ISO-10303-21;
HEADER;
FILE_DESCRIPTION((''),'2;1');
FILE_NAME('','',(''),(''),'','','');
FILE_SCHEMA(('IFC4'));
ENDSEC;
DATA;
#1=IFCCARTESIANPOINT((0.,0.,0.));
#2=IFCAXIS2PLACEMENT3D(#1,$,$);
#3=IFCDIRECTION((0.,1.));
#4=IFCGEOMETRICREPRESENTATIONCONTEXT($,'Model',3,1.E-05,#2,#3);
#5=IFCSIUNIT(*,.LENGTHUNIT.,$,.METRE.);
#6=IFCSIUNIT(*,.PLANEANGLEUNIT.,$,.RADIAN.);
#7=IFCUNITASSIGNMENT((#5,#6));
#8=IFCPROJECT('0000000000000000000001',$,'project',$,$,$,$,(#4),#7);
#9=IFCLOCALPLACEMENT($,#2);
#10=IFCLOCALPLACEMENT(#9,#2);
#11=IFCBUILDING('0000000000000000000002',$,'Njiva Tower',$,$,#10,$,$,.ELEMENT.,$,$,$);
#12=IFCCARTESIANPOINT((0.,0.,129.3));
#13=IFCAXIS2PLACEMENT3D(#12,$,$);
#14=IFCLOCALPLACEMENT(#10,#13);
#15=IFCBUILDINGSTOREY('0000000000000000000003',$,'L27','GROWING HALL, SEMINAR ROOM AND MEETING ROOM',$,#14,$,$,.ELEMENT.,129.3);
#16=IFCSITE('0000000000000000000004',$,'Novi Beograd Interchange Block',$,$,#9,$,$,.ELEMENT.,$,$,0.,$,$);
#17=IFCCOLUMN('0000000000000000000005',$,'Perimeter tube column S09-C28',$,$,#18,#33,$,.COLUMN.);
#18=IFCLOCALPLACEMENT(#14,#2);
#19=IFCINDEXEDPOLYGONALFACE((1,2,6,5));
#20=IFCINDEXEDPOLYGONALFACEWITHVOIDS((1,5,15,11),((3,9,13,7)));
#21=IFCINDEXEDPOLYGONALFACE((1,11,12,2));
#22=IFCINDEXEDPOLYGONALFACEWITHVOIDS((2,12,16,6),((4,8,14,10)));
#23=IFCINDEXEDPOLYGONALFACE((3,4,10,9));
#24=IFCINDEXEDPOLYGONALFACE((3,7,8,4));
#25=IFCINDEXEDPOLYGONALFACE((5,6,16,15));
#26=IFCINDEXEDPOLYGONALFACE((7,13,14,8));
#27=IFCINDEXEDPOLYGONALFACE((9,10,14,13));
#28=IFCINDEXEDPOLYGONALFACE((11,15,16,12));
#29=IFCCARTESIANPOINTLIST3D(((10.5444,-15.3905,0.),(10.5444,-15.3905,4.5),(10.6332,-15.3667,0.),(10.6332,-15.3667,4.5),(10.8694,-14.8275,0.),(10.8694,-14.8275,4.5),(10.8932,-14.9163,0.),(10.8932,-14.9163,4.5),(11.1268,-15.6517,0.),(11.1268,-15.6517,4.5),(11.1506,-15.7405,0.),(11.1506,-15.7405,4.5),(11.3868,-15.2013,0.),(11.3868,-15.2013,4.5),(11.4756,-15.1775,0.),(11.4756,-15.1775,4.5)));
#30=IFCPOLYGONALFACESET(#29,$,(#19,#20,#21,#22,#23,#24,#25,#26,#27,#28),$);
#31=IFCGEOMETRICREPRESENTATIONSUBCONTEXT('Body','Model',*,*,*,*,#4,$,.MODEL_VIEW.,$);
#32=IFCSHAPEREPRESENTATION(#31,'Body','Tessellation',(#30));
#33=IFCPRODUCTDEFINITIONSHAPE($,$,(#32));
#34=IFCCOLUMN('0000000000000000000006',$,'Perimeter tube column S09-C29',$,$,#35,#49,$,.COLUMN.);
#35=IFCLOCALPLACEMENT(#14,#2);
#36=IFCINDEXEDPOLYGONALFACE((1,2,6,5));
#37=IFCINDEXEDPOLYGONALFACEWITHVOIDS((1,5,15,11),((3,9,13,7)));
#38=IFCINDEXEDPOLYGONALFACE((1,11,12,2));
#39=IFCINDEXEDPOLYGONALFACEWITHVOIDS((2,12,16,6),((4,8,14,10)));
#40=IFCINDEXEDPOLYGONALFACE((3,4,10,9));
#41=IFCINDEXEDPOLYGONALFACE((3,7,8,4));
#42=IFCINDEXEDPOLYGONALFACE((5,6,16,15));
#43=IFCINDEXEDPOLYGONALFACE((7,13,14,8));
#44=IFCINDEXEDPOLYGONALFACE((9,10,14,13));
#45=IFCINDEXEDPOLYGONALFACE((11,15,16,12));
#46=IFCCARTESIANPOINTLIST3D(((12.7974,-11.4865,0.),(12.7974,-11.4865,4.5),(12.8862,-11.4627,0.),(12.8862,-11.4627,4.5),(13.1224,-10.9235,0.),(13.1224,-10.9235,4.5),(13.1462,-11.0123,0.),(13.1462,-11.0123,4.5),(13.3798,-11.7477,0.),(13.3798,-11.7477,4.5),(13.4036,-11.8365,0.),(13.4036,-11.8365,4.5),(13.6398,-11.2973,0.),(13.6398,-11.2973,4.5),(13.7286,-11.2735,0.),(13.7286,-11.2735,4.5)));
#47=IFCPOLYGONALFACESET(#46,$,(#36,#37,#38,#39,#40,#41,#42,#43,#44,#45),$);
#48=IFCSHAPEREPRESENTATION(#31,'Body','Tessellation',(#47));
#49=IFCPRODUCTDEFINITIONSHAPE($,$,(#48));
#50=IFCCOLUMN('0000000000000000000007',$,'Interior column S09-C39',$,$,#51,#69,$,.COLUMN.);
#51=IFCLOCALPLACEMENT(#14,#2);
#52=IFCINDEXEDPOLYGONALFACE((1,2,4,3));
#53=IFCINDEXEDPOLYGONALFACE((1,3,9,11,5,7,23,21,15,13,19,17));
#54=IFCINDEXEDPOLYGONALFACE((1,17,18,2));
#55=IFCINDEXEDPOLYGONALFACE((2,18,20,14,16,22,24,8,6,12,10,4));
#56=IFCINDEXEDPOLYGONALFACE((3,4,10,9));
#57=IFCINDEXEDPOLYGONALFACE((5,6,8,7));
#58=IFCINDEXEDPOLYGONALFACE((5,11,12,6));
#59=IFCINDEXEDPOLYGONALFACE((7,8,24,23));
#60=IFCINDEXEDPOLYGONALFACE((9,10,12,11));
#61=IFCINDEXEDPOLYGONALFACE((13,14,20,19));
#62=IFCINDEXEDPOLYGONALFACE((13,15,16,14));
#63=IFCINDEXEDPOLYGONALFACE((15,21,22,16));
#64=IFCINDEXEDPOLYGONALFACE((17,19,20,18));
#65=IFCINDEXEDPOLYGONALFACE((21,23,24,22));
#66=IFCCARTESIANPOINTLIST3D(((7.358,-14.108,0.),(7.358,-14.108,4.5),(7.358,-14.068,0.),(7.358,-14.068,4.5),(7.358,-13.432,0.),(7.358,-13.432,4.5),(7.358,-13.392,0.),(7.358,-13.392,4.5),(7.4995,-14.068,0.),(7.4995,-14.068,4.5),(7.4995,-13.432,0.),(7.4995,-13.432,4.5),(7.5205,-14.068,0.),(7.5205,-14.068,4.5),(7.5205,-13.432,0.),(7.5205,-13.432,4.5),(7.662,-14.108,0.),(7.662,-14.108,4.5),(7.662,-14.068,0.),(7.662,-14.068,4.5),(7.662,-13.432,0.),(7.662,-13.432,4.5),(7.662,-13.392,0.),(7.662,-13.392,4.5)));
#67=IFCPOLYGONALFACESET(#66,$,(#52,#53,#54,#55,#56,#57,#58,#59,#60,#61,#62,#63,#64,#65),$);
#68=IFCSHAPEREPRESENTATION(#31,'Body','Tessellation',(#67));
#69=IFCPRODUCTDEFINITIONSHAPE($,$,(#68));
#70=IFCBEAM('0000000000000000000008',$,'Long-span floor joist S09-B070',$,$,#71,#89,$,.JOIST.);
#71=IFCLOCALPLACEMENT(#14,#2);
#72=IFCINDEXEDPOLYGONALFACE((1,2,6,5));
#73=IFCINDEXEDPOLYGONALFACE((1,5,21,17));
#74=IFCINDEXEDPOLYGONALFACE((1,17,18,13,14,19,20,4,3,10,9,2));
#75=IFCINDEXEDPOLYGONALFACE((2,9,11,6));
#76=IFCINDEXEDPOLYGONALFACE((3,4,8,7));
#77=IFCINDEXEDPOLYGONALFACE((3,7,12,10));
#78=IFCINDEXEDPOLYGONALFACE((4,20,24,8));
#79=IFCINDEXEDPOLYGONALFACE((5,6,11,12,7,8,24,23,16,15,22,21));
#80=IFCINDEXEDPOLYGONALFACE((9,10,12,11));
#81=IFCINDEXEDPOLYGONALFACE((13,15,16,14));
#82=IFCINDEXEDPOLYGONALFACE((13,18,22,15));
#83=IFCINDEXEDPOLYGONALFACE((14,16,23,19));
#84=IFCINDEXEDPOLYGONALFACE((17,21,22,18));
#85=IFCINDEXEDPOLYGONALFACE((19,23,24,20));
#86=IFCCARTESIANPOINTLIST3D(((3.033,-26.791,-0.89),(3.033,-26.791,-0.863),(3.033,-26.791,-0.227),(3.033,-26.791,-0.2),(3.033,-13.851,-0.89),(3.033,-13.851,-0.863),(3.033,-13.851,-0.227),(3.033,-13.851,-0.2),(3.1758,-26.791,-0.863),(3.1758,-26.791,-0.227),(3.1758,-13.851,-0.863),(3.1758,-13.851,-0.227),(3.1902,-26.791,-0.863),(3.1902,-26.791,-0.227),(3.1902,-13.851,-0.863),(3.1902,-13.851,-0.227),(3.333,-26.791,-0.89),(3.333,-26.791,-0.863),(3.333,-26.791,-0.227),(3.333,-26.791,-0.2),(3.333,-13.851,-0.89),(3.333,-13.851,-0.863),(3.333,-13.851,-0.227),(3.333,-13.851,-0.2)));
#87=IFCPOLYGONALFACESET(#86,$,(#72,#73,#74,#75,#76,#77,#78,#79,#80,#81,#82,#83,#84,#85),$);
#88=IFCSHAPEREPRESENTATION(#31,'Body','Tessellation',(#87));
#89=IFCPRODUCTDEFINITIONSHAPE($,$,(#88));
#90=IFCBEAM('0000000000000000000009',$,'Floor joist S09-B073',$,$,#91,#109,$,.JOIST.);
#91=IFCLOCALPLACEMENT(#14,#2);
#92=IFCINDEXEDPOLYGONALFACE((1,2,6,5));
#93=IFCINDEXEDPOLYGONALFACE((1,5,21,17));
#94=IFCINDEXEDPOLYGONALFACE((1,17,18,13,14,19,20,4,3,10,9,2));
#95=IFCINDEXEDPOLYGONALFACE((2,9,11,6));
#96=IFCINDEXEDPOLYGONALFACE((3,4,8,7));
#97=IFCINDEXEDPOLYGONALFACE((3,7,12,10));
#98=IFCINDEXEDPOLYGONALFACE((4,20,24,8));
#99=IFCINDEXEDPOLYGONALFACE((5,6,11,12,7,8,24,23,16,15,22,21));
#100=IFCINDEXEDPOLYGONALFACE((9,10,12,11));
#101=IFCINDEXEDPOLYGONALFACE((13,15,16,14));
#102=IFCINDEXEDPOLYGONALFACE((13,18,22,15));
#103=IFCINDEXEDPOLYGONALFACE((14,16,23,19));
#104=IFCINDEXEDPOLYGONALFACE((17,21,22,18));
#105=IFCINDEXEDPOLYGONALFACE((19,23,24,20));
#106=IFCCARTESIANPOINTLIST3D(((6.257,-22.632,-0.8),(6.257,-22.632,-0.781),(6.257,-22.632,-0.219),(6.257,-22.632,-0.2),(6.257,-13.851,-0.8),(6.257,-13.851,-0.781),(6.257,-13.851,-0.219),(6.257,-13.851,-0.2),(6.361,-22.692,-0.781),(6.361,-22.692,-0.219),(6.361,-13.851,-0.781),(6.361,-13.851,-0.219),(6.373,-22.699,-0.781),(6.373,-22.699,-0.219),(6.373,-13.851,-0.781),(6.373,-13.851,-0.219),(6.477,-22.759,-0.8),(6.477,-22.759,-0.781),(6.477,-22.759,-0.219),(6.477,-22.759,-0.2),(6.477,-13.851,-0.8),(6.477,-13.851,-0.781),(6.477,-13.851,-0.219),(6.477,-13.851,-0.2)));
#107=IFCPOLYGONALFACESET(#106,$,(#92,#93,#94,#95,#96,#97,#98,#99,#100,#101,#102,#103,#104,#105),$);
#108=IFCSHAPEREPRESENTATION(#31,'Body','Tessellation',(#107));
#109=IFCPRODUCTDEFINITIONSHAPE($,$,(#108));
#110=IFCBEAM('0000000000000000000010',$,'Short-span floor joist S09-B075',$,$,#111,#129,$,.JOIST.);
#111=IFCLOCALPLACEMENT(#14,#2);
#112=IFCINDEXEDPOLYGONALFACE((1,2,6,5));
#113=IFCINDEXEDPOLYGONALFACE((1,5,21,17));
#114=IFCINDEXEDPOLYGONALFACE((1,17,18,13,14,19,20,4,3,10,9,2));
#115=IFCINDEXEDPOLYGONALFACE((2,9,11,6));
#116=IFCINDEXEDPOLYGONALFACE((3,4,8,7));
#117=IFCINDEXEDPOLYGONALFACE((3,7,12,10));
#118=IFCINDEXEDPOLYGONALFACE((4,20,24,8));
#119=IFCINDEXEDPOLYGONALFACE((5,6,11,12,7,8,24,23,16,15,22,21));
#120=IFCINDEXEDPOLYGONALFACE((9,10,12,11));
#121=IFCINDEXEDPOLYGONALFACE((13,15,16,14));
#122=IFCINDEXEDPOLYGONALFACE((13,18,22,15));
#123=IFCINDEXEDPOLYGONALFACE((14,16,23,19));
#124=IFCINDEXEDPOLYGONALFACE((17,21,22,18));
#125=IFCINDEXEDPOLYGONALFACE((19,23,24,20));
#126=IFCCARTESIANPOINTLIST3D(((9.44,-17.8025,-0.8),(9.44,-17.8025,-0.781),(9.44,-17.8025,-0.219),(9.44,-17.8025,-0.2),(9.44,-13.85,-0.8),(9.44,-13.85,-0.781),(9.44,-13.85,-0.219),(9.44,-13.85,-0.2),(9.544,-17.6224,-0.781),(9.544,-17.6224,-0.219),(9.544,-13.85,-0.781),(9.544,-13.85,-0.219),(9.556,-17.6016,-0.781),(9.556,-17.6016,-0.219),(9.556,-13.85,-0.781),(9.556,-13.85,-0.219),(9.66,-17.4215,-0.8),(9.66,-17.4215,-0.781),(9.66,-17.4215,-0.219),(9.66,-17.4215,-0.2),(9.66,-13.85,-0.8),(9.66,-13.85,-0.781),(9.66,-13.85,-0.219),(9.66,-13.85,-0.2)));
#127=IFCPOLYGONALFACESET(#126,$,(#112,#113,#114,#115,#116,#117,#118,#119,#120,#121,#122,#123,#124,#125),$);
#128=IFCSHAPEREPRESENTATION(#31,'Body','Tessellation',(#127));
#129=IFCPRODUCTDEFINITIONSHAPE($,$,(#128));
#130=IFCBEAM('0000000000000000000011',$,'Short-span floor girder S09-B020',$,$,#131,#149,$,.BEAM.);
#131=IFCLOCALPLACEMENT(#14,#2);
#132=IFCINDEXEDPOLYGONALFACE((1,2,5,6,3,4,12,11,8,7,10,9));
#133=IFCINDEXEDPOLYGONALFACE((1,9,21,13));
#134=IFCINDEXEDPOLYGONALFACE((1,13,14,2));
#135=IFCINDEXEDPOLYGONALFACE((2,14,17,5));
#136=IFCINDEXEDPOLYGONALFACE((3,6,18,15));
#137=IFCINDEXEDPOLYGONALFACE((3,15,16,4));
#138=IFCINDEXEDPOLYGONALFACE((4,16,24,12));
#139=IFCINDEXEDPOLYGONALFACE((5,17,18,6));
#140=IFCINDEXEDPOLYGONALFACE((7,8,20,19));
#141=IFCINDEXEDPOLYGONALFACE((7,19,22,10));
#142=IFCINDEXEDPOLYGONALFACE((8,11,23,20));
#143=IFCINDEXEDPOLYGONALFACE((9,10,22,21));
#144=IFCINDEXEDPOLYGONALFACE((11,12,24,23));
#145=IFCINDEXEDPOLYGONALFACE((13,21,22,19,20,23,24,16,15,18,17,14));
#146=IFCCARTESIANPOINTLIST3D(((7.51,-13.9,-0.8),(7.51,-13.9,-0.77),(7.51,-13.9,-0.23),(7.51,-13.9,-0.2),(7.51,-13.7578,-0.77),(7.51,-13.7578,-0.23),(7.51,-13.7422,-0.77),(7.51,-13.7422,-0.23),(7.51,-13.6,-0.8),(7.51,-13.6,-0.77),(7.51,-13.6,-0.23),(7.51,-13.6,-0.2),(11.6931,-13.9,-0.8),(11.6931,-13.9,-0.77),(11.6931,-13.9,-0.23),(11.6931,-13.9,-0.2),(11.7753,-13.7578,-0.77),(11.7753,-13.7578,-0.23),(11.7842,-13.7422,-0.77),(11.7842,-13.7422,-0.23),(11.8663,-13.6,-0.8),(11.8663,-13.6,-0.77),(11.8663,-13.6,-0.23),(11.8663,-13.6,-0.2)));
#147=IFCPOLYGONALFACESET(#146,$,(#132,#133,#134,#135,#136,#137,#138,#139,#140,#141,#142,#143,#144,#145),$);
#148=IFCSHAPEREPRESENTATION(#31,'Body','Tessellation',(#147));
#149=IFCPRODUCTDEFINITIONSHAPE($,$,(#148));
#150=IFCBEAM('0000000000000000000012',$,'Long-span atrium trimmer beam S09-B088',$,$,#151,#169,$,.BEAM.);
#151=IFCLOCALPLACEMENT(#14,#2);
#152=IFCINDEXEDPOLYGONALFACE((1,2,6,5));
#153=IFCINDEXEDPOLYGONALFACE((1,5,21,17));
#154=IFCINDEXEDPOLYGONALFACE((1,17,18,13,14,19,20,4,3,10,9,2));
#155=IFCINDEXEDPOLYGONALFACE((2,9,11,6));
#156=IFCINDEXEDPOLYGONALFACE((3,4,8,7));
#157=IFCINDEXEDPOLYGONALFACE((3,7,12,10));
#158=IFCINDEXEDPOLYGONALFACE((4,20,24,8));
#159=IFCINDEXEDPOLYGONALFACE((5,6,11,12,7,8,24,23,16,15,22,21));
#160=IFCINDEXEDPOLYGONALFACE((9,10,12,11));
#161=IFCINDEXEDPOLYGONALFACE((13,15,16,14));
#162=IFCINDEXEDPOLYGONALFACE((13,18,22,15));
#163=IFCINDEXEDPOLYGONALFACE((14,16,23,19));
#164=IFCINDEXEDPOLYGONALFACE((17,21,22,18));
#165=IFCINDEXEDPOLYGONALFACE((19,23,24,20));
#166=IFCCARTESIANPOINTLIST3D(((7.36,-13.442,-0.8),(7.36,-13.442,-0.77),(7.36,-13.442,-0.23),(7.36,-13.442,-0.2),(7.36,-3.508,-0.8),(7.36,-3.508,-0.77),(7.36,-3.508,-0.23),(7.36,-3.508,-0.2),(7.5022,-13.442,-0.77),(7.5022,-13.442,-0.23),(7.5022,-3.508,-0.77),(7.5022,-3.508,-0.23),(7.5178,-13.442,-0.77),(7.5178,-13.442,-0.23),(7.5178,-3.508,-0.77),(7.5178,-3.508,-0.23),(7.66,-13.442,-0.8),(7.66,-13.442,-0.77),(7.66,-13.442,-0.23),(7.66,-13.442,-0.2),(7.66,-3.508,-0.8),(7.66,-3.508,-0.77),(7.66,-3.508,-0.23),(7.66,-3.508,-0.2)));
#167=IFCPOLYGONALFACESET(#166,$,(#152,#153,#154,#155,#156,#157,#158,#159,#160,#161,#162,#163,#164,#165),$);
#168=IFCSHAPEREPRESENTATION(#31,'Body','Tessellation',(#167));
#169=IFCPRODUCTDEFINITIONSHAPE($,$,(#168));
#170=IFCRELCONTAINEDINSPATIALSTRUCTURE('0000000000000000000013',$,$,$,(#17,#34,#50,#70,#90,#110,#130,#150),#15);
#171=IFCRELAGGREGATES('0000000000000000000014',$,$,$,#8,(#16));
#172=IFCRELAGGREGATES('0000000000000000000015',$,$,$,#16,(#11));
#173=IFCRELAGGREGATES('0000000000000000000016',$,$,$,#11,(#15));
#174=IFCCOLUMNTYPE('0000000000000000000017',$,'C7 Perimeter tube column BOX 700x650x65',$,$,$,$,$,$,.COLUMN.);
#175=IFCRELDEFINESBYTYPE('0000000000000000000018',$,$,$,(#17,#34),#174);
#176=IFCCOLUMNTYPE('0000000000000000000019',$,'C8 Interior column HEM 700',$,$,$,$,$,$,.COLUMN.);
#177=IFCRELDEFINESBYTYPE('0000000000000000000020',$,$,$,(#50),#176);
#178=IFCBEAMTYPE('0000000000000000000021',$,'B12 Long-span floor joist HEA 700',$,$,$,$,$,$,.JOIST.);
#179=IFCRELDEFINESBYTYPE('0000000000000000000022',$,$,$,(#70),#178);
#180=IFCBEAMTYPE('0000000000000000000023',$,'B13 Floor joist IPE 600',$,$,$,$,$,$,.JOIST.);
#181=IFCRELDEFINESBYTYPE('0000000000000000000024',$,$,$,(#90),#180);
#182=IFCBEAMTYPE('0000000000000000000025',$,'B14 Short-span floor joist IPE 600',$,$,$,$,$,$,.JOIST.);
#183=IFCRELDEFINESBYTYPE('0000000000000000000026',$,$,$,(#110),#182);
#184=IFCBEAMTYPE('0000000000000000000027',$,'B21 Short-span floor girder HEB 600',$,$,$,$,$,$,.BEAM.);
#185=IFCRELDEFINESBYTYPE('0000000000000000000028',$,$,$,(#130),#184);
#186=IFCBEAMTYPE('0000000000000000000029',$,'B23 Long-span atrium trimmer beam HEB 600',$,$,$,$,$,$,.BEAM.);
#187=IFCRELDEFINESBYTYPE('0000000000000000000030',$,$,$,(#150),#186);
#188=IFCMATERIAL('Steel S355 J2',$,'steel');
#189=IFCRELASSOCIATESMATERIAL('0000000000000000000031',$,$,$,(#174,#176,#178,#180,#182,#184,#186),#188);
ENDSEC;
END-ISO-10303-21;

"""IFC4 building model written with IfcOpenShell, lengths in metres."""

from ifc_helpers import new_model, si_unit, direction, frame, origin, origin_2d, place, context, subcontext, project, spatial, hollow_rectangle, i_section, extrude, clip, halfspace, material, material_profile, profile_set, type_object, element, save


model = new_model("IFC4")

# Units and contexts
model_context = context("Model", 3, precision=1e-05, world=origin(), true_north=direction((0.0, 1.0)))
body_context = subcontext(model_context, "Body", "Model", "MODEL_VIEW")
ifc_project = project(units=[si_unit("LENGTHUNIT", "METRE"), si_unit("PLANEANGLEUNIT", "RADIAN")], contexts=[model_context])

# Site, building, storey
site_placement = place(None, origin())
site = spatial("IfcSite", under=ifc_project, at=site_placement, Name="Novi Beograd Interchange Block", CompositionType="ELEMENT", RefElevation=0.0)
building_placement = place(site_placement, origin())
building = spatial("IfcBuilding", under=site, at=building_placement, Name="Njiva Tower", CompositionType="ELEMENT")
storey_placement = place(building_placement, frame((0.0, 0.0, 129.3)))
storey = spatial("IfcBuildingStorey", under=building, at=storey_placement, Name="L27", Description="GROWING HALL, SEMINAR ROOM AND MEETING ROOM", CompositionType="ELEMENT", Elevation=129.3)

# Columns
ifc_material_1 = material(Name="Steel S355 J2", Category="steel")
ifc_material_profile_1 = material_profile(ifc_material_1, hollow_rectangle(XDim=0.65, YDim=0.7, WallThickness=0.065, at=origin_2d()), Name="BOX 700x650x65")
ifc_profile_set_1 = profile_set([ifc_material_profile_1], Name="Steel S355 J2")
column_type_1 = type_object("IfcColumnType", Name="C7 Perimeter tube column BOX 700x650x65", PredefinedType="COLUMN", material=ifc_profile_set_1)
for number, where, z_axis, x_axis, name in (
    (1, (11.01, -15.284, 0.0), (0.0, 0.0, 1.0), (0.5, 0.866025, 0.0), "Perimeter tube column S09-C28"),
    (2, (13.263, -11.38, 0.0), (0.0, 0.0, 1.0), (0.5, 0.866025, 0.0), "Perimeter tube column S09-C29"),
):
    element("IfcColumn", number, at=place(storey_placement, frame(where, z_axis=z_axis, x_axis=x_axis)), inside=storey, type_object=column_type_1, Name=name, PredefinedType="COLUMN", context=body_context, shape_type="SweptSolid", body=[
        extrude(hollow_rectangle(XDim=0.65, YDim=0.7, WallThickness=0.065, at=origin_2d()), origin(), (0.0, 0.0, 1.0), 4.5),
    ])
ifc_material_profile_2 = material_profile(ifc_material_1, i_section(OverallWidth=0.304, OverallDepth=0.716, WebThickness=0.021, FlangeThickness=0.04, at=origin_2d()), Name="HEM 700")
ifc_profile_set_2 = profile_set([ifc_material_profile_2], Name="Steel S355 J2")
column_type_2 = type_object("IfcColumnType", Name="C8 Interior column HEM 700", PredefinedType="COLUMN", material=ifc_profile_set_2)
column_placement = place(storey_placement, frame((7.51, -13.75, 0.0), z_axis=(0.0, 0.0, 1.0), x_axis=(1.0, 0.0, 0.0)))
element("IfcColumn", 3, at=column_placement, inside=storey, type_object=column_type_2, Name="Interior column S09-C39", PredefinedType="COLUMN", context=body_context, shape_type="SweptSolid", body=[
    extrude(i_section(OverallWidth=0.304, OverallDepth=0.716, WebThickness=0.021, FlangeThickness=0.04, at=origin_2d()), origin(), (0.0, 0.0, 1.0), 4.5),
])

# Beams
ifc_material_profile_3 = material_profile(ifc_material_1, i_section(OverallWidth=0.3, OverallDepth=0.69, WebThickness=0.0145, FlangeThickness=0.027, at=origin_2d()), Name="HEA 700")
ifc_profile_set_3 = profile_set([ifc_material_profile_3], Name="Steel S355 J2")
beam_type_1 = type_object("IfcBeamType", Name="B12 Long-span floor joist HEA 700", PredefinedType="JOIST", material=ifc_profile_set_3)
beam_1_placement = place(storey_placement, frame((3.183, -13.851, -0.545), z_axis=(0.0, -1.0, 0.0), x_axis=(1.0, 0.0, 0.0)))
element("IfcBeam", 4, at=beam_1_placement, inside=storey, type_object=beam_type_1, Name="Long-span floor joist S09-B070", PredefinedType="JOIST", context=body_context, shape_type="SweptSolid", body=[
    extrude(i_section(OverallWidth=0.3, OverallDepth=0.69, WebThickness=0.0145, FlangeThickness=0.027, at=origin_2d()), origin(), (0.0, 0.0, 1.0), 12.94),
])
ifc_material_profile_4 = material_profile(ifc_material_1, i_section(OverallWidth=0.22, OverallDepth=0.6, WebThickness=0.012, FlangeThickness=0.019, at=origin_2d()), Name="IPE 600")
ifc_profile_set_4 = profile_set([ifc_material_profile_4], Name="Steel S355 J2")
beam_type_2 = type_object("IfcBeamType", Name="B13 Floor joist IPE 600", PredefinedType="JOIST", material=ifc_profile_set_4)
beam_2_placement = place(storey_placement, frame((6.367, -13.851, -0.5), z_axis=(0.0, -1.0, 0.0), x_axis=(1.0, 0.0, 0.0)))
element("IfcBeam", 5, at=beam_2_placement, inside=storey, type_object=beam_type_2, Name="Floor joist S09-B073", PredefinedType="JOIST", context=body_context, shape_type="Clipping", body=[
    clip(extrude(i_section(OverallWidth=0.22, OverallDepth=0.6, WebThickness=0.012, FlangeThickness=0.019, at=origin_2d()), origin(), (0.0, 0.0, 1.0), 8.928), halfspace(frame((-0.0253, 0.0, 8.8299), z_axis=(-0.499998, 0.0, 0.866027), x_axis=(0.0, 1.0, 0.0)), False)),
])
ifc_material_profile_5 = material_profile(ifc_material_1, i_section(OverallWidth=0.22, OverallDepth=0.6, WebThickness=0.012, FlangeThickness=0.019, at=origin_2d()), Name="IPE 600")
ifc_profile_set_5 = profile_set([ifc_material_profile_5], Name="Steel S355 J2")
beam_type_3 = type_object("IfcBeamType", Name="B14 Short-span floor joist IPE 600", PredefinedType="JOIST", material=ifc_profile_set_5)
beam_3_placement = place(storey_placement, frame((9.55, -13.85, -0.5), z_axis=(0.0, -1.0, 0.0), x_axis=(1.0, 0.0, 0.0)))
element("IfcBeam", 6, at=beam_3_placement, inside=storey, type_object=beam_type_3, Name="Short-span floor joist S09-B075", PredefinedType="JOIST", context=body_context, shape_type="Clipping", body=[
    clip(extrude(i_section(OverallWidth=0.22, OverallDepth=0.6, WebThickness=0.012, FlangeThickness=0.019, at=origin_2d()), origin(), (0.0, 0.0, 1.0), 3.973), halfspace(frame((0.0433, 0.0, 3.687), z_axis=(0.866027, 0.0, 0.499998), x_axis=(0.0, 1.0, 0.0)), False)),
])
ifc_material_profile_6 = material_profile(ifc_material_1, i_section(OverallWidth=0.3, OverallDepth=0.6, WebThickness=0.0155, FlangeThickness=0.03, at=origin_2d()), Name="HEB 600")
ifc_profile_set_6 = profile_set([ifc_material_profile_6], Name="Steel S355 J2")
beam_type_4 = type_object("IfcBeamType", Name="B21 Short-span floor girder HEB 600", PredefinedType="BEAM", material=ifc_profile_set_6)
beam_4_placement = place(storey_placement, frame((7.51, -13.75, -0.5), z_axis=(1.0, 0.0, 0.0), x_axis=(0.0, 1.0, 0.0)))
element("IfcBeam", 7, at=beam_4_placement, inside=storey, type_object=beam_type_4, Name="Short-span floor girder S09-B020", PredefinedType="BEAM", context=body_context, shape_type="Clipping", body=[
    clip(extrude(i_section(OverallWidth=0.3, OverallDepth=0.6, WebThickness=0.0155, FlangeThickness=0.03, at=origin_2d()), origin(), (0.0, 0.0, 1.0), 4.377), halfspace(frame((-0.025, 0.0, 4.2553), z_axis=(-0.499998, 0.0, 0.866027), x_axis=(0.0, 1.0, 0.0)), False)),
])
ifc_material_profile_7 = material_profile(ifc_material_1, i_section(OverallWidth=0.3, OverallDepth=0.6, WebThickness=0.0155, FlangeThickness=0.03, at=origin_2d()), Name="HEB 600")
ifc_profile_set_7 = profile_set([ifc_material_profile_7], Name="Steel S355 J2")
beam_type_5 = type_object("IfcBeamType", Name="B23 Long-span atrium trimmer beam HEB 600", PredefinedType="BEAM", material=ifc_profile_set_7)
beam_5_placement = place(storey_placement, frame((7.51, -13.442, -0.5), z_axis=(0.0, 1.0, 0.0), x_axis=(-1.0, 0.0, 0.0)))
element("IfcBeam", 8, at=beam_5_placement, inside=storey, type_object=beam_type_5, Name="Long-span atrium trimmer beam S09-B088", PredefinedType="BEAM", context=body_context, shape_type="SweptSolid", body=[
    extrude(i_section(OverallWidth=0.3, OverallDepth=0.6, WebThickness=0.0155, FlangeThickness=0.03, at=origin_2d()), origin(), (0.0, 0.0, 1.0), 9.934),
])

save(model, "model.ifc")
